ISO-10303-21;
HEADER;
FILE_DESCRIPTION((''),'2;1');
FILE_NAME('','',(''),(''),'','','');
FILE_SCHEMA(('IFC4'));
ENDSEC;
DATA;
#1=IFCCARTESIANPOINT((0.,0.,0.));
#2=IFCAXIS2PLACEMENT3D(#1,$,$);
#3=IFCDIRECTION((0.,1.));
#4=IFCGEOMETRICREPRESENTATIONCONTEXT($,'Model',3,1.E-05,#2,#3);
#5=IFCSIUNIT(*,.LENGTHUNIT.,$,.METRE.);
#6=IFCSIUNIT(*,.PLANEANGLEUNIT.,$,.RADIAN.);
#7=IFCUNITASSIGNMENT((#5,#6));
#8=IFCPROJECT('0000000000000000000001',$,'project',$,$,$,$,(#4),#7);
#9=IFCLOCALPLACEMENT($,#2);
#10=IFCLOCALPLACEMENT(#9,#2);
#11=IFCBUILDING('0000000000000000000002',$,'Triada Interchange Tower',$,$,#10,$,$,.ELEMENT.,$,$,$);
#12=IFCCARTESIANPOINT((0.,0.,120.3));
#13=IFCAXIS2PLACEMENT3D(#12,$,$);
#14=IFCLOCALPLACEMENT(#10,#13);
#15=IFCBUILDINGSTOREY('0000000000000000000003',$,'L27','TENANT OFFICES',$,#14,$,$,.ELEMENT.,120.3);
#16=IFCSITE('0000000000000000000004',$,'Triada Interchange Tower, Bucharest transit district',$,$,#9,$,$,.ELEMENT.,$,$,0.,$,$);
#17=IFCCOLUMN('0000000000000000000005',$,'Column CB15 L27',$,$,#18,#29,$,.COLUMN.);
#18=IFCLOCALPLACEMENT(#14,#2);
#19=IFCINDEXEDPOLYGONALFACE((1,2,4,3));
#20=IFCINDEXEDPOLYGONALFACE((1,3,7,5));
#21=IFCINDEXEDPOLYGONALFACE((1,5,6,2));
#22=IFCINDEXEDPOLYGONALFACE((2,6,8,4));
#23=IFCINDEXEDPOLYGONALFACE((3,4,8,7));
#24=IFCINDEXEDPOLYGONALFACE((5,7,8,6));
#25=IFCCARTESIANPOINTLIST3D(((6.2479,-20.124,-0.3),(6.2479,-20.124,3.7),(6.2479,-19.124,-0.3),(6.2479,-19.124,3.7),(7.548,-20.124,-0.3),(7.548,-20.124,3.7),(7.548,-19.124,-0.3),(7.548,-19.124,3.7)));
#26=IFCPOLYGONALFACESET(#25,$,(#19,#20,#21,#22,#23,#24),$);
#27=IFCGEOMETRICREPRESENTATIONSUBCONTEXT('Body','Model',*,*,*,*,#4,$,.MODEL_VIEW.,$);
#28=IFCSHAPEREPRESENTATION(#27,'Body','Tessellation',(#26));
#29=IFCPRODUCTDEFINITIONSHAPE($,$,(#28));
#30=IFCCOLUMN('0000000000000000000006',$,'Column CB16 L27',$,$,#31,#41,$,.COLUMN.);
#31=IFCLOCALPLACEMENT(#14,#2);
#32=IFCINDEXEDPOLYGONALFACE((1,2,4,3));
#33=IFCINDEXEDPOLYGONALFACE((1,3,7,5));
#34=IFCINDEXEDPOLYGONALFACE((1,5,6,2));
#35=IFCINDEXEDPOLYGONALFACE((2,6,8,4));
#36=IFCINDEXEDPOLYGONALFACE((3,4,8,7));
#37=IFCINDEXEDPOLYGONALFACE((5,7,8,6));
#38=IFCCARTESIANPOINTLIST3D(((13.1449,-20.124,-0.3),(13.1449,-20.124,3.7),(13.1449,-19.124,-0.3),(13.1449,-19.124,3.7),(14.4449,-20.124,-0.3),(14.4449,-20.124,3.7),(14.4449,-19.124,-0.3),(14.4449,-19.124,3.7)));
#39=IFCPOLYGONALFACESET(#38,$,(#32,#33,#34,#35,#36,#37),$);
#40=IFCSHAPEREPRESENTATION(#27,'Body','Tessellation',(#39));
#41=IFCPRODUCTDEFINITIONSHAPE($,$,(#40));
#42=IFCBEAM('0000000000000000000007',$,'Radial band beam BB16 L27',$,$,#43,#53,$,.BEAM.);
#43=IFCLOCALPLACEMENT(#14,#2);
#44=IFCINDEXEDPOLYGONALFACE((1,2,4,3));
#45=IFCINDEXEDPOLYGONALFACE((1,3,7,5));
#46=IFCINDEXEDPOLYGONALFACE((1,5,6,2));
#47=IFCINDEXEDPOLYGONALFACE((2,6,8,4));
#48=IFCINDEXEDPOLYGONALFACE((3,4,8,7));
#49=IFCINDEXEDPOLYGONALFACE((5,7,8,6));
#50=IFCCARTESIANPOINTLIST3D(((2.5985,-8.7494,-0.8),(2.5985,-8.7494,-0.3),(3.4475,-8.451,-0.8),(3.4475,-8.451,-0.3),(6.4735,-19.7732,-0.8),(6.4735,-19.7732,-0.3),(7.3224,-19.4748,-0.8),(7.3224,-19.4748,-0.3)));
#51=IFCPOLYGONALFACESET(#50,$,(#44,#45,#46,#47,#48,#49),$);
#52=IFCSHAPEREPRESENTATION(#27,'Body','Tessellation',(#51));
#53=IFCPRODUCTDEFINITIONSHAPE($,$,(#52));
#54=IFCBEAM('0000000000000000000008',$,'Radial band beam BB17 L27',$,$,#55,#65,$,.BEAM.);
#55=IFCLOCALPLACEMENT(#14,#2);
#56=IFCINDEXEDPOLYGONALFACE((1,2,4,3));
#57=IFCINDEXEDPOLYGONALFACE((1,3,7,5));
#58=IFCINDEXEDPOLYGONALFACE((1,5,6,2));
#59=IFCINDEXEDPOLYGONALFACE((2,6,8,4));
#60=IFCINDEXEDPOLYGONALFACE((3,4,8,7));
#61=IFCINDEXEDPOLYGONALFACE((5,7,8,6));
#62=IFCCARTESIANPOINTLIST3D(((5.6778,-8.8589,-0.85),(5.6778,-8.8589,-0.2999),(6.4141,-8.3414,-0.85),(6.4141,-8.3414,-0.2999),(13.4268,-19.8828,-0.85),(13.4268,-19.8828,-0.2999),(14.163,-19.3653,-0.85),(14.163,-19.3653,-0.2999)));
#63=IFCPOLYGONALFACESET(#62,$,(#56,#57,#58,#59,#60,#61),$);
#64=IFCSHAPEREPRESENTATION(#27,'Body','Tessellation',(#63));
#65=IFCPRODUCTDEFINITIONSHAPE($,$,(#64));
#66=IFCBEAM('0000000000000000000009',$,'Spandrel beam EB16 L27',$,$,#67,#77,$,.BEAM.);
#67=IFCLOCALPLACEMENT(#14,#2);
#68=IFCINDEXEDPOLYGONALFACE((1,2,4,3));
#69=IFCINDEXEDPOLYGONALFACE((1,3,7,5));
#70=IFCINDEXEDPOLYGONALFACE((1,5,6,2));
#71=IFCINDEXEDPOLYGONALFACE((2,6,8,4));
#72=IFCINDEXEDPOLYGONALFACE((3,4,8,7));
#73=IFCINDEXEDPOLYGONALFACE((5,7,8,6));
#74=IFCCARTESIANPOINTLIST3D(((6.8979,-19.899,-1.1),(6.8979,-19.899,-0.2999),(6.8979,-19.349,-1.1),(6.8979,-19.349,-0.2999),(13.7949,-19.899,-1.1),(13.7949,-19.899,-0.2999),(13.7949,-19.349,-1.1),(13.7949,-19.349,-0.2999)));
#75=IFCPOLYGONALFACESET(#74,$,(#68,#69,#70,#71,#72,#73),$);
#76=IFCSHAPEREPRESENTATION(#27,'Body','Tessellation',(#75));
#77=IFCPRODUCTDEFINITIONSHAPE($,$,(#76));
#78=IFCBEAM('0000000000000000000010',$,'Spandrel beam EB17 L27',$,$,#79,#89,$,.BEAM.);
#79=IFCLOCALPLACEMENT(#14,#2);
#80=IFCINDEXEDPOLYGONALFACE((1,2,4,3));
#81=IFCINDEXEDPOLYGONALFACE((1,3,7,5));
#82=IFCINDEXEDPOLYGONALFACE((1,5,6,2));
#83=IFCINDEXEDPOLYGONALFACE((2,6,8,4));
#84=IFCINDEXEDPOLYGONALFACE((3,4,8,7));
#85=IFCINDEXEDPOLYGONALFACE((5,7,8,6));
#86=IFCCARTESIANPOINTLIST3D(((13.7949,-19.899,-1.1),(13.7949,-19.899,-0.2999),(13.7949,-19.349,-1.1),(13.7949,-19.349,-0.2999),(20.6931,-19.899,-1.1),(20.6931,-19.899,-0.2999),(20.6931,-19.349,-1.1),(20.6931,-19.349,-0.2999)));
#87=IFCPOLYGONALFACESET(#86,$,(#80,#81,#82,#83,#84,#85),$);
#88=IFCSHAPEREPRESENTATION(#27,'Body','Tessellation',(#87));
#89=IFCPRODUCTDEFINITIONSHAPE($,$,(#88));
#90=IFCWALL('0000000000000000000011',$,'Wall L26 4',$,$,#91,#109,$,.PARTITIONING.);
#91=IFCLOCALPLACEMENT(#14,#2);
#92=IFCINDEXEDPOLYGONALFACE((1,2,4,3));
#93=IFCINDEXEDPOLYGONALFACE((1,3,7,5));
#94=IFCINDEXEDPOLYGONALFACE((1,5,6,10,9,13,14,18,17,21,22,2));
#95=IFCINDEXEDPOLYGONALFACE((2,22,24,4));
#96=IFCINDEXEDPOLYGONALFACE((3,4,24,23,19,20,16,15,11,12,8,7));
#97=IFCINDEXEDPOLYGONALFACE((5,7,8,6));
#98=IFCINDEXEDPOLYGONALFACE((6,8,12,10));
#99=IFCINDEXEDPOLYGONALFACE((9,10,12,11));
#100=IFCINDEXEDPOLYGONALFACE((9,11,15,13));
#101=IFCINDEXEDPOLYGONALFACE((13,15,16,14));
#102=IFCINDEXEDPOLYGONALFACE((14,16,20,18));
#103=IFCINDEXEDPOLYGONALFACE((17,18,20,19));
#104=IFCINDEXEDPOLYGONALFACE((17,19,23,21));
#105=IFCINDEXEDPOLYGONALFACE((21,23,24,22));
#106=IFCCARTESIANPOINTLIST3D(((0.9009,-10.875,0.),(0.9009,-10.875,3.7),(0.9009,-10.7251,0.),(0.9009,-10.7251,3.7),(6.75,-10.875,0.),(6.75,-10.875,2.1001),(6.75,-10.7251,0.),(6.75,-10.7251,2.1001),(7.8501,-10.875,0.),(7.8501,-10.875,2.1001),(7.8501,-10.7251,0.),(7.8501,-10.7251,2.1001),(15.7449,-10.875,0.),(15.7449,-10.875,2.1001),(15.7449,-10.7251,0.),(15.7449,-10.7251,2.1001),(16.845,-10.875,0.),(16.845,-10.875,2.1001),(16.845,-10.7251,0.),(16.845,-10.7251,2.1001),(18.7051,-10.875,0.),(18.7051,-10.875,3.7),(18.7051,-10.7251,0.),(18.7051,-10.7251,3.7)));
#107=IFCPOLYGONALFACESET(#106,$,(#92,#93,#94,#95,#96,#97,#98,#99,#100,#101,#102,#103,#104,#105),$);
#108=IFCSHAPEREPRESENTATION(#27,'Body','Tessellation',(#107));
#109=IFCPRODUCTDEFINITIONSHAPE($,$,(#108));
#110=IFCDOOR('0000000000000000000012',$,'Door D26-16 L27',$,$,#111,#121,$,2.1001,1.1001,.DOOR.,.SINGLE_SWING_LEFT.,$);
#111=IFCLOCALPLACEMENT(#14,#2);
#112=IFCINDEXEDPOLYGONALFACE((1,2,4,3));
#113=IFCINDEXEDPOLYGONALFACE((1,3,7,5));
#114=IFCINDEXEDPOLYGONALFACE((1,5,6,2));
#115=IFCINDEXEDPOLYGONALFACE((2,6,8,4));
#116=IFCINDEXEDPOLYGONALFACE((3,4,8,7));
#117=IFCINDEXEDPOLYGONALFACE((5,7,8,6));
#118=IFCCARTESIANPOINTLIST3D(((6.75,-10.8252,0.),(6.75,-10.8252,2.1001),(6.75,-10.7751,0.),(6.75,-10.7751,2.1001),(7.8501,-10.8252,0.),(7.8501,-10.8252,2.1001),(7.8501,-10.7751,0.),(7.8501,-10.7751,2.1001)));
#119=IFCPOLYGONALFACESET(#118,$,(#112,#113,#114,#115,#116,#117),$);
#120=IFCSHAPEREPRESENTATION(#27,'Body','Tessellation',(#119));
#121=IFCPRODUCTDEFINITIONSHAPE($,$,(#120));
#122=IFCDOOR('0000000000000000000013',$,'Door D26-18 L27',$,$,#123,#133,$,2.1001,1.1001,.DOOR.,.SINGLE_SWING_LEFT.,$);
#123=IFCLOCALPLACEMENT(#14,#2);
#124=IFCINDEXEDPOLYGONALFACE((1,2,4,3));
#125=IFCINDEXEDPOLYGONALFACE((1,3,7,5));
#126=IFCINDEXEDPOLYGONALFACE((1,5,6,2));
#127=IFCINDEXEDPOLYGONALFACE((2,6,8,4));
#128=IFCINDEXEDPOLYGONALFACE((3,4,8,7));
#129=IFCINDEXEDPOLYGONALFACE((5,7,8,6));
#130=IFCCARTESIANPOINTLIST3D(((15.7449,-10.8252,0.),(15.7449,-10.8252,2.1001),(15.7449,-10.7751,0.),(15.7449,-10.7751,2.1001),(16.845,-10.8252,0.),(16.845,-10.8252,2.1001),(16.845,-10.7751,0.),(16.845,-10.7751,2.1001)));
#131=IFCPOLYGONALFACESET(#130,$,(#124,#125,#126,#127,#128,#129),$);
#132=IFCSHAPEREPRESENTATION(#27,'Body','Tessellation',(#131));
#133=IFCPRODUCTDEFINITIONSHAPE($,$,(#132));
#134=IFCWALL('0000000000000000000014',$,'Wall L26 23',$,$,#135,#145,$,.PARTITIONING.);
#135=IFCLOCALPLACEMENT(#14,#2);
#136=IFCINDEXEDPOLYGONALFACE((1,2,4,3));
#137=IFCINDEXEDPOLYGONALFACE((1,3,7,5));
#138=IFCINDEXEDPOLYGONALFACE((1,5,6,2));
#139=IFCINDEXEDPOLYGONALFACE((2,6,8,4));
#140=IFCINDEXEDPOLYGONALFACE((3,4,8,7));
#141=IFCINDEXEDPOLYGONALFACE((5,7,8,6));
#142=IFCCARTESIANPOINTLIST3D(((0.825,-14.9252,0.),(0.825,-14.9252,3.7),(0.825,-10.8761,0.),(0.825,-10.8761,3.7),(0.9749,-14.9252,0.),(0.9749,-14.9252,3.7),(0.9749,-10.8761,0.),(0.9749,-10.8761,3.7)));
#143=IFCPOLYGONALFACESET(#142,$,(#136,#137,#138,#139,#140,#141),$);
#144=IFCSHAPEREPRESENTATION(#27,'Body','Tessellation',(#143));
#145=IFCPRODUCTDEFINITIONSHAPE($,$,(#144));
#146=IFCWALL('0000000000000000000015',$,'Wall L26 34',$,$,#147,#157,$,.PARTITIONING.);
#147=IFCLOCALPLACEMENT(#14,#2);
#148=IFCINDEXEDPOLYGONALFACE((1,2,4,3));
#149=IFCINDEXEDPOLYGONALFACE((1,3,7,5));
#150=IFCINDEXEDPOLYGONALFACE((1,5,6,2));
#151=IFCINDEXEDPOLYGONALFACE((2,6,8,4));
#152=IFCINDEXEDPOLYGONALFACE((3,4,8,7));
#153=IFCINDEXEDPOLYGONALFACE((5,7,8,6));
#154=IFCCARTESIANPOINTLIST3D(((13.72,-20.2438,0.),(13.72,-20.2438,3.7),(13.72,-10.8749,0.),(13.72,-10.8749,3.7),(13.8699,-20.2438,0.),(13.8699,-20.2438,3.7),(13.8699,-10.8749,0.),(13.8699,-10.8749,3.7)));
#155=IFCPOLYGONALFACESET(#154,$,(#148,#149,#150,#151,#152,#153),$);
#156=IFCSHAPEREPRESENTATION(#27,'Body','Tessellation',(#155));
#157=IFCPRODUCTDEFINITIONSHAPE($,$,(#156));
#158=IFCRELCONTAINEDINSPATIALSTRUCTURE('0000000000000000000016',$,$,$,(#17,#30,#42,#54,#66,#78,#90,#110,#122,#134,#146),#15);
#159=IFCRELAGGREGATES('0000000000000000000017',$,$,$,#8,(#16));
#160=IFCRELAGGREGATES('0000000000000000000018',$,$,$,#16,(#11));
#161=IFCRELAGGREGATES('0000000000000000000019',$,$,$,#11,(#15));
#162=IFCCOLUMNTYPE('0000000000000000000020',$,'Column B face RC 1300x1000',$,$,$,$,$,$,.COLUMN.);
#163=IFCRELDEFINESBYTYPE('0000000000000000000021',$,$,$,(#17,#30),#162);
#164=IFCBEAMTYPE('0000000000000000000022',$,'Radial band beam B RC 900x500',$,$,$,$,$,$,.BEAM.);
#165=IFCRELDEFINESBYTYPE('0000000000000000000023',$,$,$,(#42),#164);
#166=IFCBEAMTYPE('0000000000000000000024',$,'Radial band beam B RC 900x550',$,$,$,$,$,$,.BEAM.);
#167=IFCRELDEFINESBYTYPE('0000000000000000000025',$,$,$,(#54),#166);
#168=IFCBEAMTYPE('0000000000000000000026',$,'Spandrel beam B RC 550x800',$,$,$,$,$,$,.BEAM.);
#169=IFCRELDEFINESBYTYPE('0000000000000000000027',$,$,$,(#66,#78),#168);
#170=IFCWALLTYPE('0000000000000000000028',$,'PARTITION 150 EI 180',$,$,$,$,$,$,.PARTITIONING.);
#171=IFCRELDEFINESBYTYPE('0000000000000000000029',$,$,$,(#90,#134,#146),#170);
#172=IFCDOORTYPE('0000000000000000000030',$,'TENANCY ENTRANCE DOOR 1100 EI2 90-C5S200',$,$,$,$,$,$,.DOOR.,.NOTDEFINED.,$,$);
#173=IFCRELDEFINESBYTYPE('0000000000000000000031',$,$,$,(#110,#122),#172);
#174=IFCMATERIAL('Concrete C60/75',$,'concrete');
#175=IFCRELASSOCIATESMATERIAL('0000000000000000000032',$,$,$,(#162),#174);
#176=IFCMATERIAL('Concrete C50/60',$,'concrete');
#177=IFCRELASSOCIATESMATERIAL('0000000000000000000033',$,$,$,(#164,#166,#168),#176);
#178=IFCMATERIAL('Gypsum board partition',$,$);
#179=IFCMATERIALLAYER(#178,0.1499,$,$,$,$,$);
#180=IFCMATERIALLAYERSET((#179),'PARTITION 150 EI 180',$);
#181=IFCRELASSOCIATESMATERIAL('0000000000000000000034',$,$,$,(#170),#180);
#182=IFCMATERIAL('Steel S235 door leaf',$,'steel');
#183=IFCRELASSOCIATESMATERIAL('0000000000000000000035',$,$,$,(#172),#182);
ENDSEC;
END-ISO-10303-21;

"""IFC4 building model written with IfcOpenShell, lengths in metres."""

from ifc_helpers import new_model, si_unit, direction, frame, frame_2d, origin, origin_2d, place, context, subcontext, project, spatial, rectangle, extrude, material, layer, layer_set, material_profile, profile_set, type_object, element, fill, save


model = new_model("IFC4")

# Units and contexts
model_context = context("Model", 3, precision=1e-05, world=origin(), true_north=direction((0.0, 1.0)))
body_context = subcontext(model_context, "Body", "Model", "MODEL_VIEW")
ifc_project = project(units=[si_unit("LENGTHUNIT", "METRE"), si_unit("PLANEANGLEUNIT", "RADIAN")], contexts=[model_context])

# Site, building, storey
site_placement = place(None, origin())
site = spatial("IfcSite", under=ifc_project, at=site_placement, Name="Triada Interchange Tower, Bucharest transit district", CompositionType="ELEMENT", RefElevation=0.0)
building_placement = place(site_placement, origin())
building = spatial("IfcBuilding", under=site, at=building_placement, Name="Triada Interchange Tower", CompositionType="ELEMENT")
storey_placement = place(building_placement, frame((0.0, 0.0, 120.3)))
storey = spatial("IfcBuildingStorey", under=building, at=storey_placement, Name="L27", Description="TENANT OFFICES", CompositionType="ELEMENT", Elevation=120.3)

# Columns
ifc_material_1 = material(Name="Concrete C60/75", Category="concrete")
ifc_material_profile_1 = material_profile(ifc_material_1, rectangle(XDim=1.3, YDim=1.0, at=origin_2d()), Name="RC 1300x1000")
ifc_profile_set_1 = profile_set([ifc_material_profile_1], Name="Concrete C60/75")
column_type = type_object("IfcColumnType", Name="Column B face RC 1300x1000", PredefinedType="COLUMN", material=ifc_profile_set_1)
for number, where, z_axis, x_axis, name in (
    (1, (6.8979, -19.624, -0.3), (0.0, 0.0, 1.0), (1.0, 0.0, 0.0), "Column CB15 L27"),
    (2, (13.7949, -19.624, -0.3), (0.0, 0.0, 1.0), (1.0, 0.0, 0.0), "Column CB16 L27"),
):
    element("IfcColumn", number, at=place(storey_placement, frame(where, z_axis=z_axis, x_axis=x_axis)), inside=storey, type_object=column_type, Name=name, PredefinedType="COLUMN", context=body_context, shape_type="SweptSolid", body=[
        extrude(rectangle(XDim=1.3, YDim=1.0, at=origin_2d()), origin(), (0.0, 0.0, 1.0), 4.0),
    ])

# Beams
ifc_material_2 = material(Name="Concrete C50/60", Category="concrete")
ifc_material_profile_2 = material_profile(ifc_material_2, rectangle(XDim=0.8999, YDim=0.5, at=origin_2d()), Name="RC 900x500")
ifc_profile_set_2 = profile_set([ifc_material_profile_2], Name="Concrete C50/60")
beam_type_1 = type_object("IfcBeamType", Name="Radial band beam B RC 900x500", PredefinedType="BEAM", material=ifc_profile_set_2)
beam_1_placement = place(storey_placement, frame((6.8979, -19.624, -0.55), z_axis=(-0.331618, 0.943414, 0.0), x_axis=(-0.943414, -0.331618, 0.0)))
element("IfcBeam", 3, at=beam_1_placement, inside=storey, type_object=beam_type_1, Name="Radial band beam BB16 L27", PredefinedType="BEAM", context=body_context, shape_type="SweptSolid", body=[
    extrude(rectangle(XDim=0.8999, YDim=0.5, at=origin_2d()), origin(), (0.0, 0.0, 1.0), 11.6851),
])
ifc_material_profile_3 = material_profile(ifc_material_2, rectangle(XDim=0.8999, YDim=0.55, at=origin_2d()), Name="RC 900x550")
ifc_profile_set_3 = profile_set([ifc_material_profile_3], Name="Concrete C50/60")
beam_type_2 = type_object("IfcBeamType", Name="Radial band beam B RC 900x550", PredefinedType="BEAM", material=ifc_profile_set_3)
beam_2_placement = place(storey_placement, frame((13.7949, -19.624, -0.575), z_axis=(-0.575069, 0.818105, 0.0), x_axis=(-0.818105, -0.575069, 0.0)))
element("IfcBeam", 4, at=beam_2_placement, inside=storey, type_object=beam_type_2, Name="Radial band beam BB17 L27", PredefinedType="BEAM", context=body_context, shape_type="SweptSolid", body=[
    extrude(rectangle(XDim=0.8999, YDim=0.55, at=origin_2d()), origin(), (0.0, 0.0, 1.0), 13.4749),
])
ifc_material_profile_4 = material_profile(ifc_material_2, rectangle(XDim=0.55, YDim=0.8, at=origin_2d()), Name="RC 550x800")
ifc_profile_set_4 = profile_set([ifc_material_profile_4], Name="Concrete C50/60")
beam_type_3 = type_object("IfcBeamType", Name="Spandrel beam B RC 550x800", PredefinedType="BEAM", material=ifc_profile_set_4)
beam_3_placement = place(storey_placement, frame((6.8979, -19.624, -0.7), z_axis=(1.0, 0.0, 0.0), x_axis=(0.0, 1.0, 0.0)))
element("IfcBeam", 5, at=beam_3_placement, inside=storey, type_object=beam_type_3, Name="Spandrel beam EB16 L27", PredefinedType="BEAM", context=body_context, shape_type="SweptSolid", body=[
    extrude(rectangle(XDim=0.55, YDim=0.8, at=origin_2d()), origin(), (0.0, 0.0, 1.0), 6.897),
])
beam_4_placement = place(storey_placement, frame((13.7949, -19.624, -0.7), z_axis=(1.0, 0.0, 0.0), x_axis=(0.0, 1.0, 0.0)))
element("IfcBeam", 6, at=beam_4_placement, inside=storey, type_object=beam_type_3, Name="Spandrel beam EB17 L27", PredefinedType="BEAM", context=body_context, shape_type="SweptSolid", body=[
    extrude(rectangle(XDim=0.55, YDim=0.8, at=origin_2d()), origin(), (0.0, 0.0, 1.0), 6.8982),
])

# Wall, openings, doors
ifc_material_3 = material(Name="Gypsum board partition")
ifc_layer_1 = layer(ifc_material_3, 0.1499)
ifc_layer_set_1 = layer_set([ifc_layer_1], Name="PARTITION 150 EI 180")
wall_type_1 = type_object("IfcWallType", Name="PARTITION 150 EI 180", PredefinedType="PARTITIONING", material=ifc_layer_set_1)
wall_1_placement = place(storey_placement, frame((0.9009, -10.8, 0.0), z_axis=(0.0, 0.0, 1.0), x_axis=(1.0, 0.0, 0.0)))
wall_1 = element("IfcWall", 7, at=wall_1_placement, inside=storey, type_object=wall_type_1, Name="Wall L26 4", PredefinedType="PARTITIONING", context=body_context, shape_type="SweptSolid", body=[
    extrude(rectangle(XDim=17.8042, YDim=0.1499, at=frame_2d((8.9021, 0.0))), origin(), (0.0, 0.0, 1.0), 3.7),
])
opening_1_placement = place(wall_1_placement, frame((5.8491, 0.0, 0.0)))
opening_1 = element("IfcOpeningElement", 8, at=opening_1_placement, cuts=wall_1, PredefinedType="OPENING", context=body_context, shape_type="SweptSolid", body=[
    extrude(rectangle(XDim=1.1001, YDim=2.1001, at=frame_2d((0.55, 1.05))), frame((0.0, 0.085, 0.0), z_axis=(0.0, -1.0, 0.0), x_axis=(1.0, 0.0, 0.0)), (0.0, 0.0, 1.0), 0.1699),
])
opening_2_placement = place(wall_1_placement, frame((14.844, 0.0, 0.0)))
opening_2 = element("IfcOpeningElement", 9, at=opening_2_placement, cuts=wall_1, PredefinedType="OPENING", context=body_context, shape_type="SweptSolid", body=[
    extrude(rectangle(XDim=1.1001, YDim=2.1001, at=frame_2d((0.55, 1.05))), frame((0.0, 0.085, 0.0), z_axis=(0.0, -1.0, 0.0), x_axis=(1.0, 0.0, 0.0)), (0.0, 0.0, 1.0), 0.1699),
])
ifc_material_4 = material(Name="Steel S235 door leaf", Category="steel")
door_type_1 = type_object("IfcDoorType", Name="TENANCY ENTRANCE DOOR 1100 EI2 90-C5S200", OperationType="NOTDEFINED", PredefinedType="DOOR", material=ifc_material_4)
door_1_placement = place(opening_1_placement, origin())
door_1 = element("IfcDoor", 10, at=door_1_placement, inside=storey, type_object=door_type_1, Name="Door D26-16 L27", OperationType="SINGLE_SWING_LEFT", OverallHeight=2.1001, OverallWidth=1.1001, PredefinedType="DOOR", context=body_context, shape_type="SweptSolid", body=[
    extrude(rectangle(XDim=1.1001, YDim=2.1001, at=frame_2d((0.55, 1.05))), frame((0.0, 0.0249, 0.0), z_axis=(0.0, -1.0, 0.0), x_axis=(1.0, 0.0, 0.0)), (0.0, 0.0, 1.0), 0.05),
])
fill(opening_1, door_1)
door_2_placement = place(opening_2_placement, origin())
door_2 = element("IfcDoor", 11, at=door_2_placement, inside=storey, type_object=door_type_1, Name="Door D26-18 L27", OperationType="SINGLE_SWING_LEFT", OverallHeight=2.1001, OverallWidth=1.1001, PredefinedType="DOOR", context=body_context, shape_type="SweptSolid", body=[
    extrude(rectangle(XDim=1.1001, YDim=2.1001, at=frame_2d((0.55, 1.05))), frame((0.0, 0.0249, 0.0), z_axis=(0.0, -1.0, 0.0), x_axis=(1.0, 0.0, 0.0)), (0.0, 0.0, 1.0), 0.05),
])
fill(opening_2, door_2)

# Walls
wall_2_placement = place(storey_placement, frame((0.8999, -14.925, 0.0), z_axis=(0.0, 0.0, 1.0), x_axis=(0.0, 1.0, 0.0)))
element("IfcWall", 12, at=wall_2_placement, inside=storey, type_object=wall_type_1, Name="Wall L26 23", PredefinedType="PARTITIONING", context=body_context, shape_type="SweptSolid", body=[
    extrude(rectangle(XDim=4.0491, YDim=0.1499, at=frame_2d((2.0244, 0.0))), origin(), (0.0, 0.0, 1.0), 3.7),
])
wall_3_placement = place(storey_placement, frame((13.7949, -20.2439, 0.0), z_axis=(0.0, 0.0, 1.0), x_axis=(0.0, 1.0, 0.0)))
element("IfcWall", 13, at=wall_3_placement, inside=storey, type_object=wall_type_1, Name="Wall L26 34", PredefinedType="PARTITIONING", context=body_context, shape_type="SweptSolid", body=[
    extrude(rectangle(XDim=9.3689, YDim=0.1499, at=frame_2d((4.6846, 0.0))), origin(), (0.0, 0.0, 1.0), 3.7),
])

save(model, "model.ifc")
